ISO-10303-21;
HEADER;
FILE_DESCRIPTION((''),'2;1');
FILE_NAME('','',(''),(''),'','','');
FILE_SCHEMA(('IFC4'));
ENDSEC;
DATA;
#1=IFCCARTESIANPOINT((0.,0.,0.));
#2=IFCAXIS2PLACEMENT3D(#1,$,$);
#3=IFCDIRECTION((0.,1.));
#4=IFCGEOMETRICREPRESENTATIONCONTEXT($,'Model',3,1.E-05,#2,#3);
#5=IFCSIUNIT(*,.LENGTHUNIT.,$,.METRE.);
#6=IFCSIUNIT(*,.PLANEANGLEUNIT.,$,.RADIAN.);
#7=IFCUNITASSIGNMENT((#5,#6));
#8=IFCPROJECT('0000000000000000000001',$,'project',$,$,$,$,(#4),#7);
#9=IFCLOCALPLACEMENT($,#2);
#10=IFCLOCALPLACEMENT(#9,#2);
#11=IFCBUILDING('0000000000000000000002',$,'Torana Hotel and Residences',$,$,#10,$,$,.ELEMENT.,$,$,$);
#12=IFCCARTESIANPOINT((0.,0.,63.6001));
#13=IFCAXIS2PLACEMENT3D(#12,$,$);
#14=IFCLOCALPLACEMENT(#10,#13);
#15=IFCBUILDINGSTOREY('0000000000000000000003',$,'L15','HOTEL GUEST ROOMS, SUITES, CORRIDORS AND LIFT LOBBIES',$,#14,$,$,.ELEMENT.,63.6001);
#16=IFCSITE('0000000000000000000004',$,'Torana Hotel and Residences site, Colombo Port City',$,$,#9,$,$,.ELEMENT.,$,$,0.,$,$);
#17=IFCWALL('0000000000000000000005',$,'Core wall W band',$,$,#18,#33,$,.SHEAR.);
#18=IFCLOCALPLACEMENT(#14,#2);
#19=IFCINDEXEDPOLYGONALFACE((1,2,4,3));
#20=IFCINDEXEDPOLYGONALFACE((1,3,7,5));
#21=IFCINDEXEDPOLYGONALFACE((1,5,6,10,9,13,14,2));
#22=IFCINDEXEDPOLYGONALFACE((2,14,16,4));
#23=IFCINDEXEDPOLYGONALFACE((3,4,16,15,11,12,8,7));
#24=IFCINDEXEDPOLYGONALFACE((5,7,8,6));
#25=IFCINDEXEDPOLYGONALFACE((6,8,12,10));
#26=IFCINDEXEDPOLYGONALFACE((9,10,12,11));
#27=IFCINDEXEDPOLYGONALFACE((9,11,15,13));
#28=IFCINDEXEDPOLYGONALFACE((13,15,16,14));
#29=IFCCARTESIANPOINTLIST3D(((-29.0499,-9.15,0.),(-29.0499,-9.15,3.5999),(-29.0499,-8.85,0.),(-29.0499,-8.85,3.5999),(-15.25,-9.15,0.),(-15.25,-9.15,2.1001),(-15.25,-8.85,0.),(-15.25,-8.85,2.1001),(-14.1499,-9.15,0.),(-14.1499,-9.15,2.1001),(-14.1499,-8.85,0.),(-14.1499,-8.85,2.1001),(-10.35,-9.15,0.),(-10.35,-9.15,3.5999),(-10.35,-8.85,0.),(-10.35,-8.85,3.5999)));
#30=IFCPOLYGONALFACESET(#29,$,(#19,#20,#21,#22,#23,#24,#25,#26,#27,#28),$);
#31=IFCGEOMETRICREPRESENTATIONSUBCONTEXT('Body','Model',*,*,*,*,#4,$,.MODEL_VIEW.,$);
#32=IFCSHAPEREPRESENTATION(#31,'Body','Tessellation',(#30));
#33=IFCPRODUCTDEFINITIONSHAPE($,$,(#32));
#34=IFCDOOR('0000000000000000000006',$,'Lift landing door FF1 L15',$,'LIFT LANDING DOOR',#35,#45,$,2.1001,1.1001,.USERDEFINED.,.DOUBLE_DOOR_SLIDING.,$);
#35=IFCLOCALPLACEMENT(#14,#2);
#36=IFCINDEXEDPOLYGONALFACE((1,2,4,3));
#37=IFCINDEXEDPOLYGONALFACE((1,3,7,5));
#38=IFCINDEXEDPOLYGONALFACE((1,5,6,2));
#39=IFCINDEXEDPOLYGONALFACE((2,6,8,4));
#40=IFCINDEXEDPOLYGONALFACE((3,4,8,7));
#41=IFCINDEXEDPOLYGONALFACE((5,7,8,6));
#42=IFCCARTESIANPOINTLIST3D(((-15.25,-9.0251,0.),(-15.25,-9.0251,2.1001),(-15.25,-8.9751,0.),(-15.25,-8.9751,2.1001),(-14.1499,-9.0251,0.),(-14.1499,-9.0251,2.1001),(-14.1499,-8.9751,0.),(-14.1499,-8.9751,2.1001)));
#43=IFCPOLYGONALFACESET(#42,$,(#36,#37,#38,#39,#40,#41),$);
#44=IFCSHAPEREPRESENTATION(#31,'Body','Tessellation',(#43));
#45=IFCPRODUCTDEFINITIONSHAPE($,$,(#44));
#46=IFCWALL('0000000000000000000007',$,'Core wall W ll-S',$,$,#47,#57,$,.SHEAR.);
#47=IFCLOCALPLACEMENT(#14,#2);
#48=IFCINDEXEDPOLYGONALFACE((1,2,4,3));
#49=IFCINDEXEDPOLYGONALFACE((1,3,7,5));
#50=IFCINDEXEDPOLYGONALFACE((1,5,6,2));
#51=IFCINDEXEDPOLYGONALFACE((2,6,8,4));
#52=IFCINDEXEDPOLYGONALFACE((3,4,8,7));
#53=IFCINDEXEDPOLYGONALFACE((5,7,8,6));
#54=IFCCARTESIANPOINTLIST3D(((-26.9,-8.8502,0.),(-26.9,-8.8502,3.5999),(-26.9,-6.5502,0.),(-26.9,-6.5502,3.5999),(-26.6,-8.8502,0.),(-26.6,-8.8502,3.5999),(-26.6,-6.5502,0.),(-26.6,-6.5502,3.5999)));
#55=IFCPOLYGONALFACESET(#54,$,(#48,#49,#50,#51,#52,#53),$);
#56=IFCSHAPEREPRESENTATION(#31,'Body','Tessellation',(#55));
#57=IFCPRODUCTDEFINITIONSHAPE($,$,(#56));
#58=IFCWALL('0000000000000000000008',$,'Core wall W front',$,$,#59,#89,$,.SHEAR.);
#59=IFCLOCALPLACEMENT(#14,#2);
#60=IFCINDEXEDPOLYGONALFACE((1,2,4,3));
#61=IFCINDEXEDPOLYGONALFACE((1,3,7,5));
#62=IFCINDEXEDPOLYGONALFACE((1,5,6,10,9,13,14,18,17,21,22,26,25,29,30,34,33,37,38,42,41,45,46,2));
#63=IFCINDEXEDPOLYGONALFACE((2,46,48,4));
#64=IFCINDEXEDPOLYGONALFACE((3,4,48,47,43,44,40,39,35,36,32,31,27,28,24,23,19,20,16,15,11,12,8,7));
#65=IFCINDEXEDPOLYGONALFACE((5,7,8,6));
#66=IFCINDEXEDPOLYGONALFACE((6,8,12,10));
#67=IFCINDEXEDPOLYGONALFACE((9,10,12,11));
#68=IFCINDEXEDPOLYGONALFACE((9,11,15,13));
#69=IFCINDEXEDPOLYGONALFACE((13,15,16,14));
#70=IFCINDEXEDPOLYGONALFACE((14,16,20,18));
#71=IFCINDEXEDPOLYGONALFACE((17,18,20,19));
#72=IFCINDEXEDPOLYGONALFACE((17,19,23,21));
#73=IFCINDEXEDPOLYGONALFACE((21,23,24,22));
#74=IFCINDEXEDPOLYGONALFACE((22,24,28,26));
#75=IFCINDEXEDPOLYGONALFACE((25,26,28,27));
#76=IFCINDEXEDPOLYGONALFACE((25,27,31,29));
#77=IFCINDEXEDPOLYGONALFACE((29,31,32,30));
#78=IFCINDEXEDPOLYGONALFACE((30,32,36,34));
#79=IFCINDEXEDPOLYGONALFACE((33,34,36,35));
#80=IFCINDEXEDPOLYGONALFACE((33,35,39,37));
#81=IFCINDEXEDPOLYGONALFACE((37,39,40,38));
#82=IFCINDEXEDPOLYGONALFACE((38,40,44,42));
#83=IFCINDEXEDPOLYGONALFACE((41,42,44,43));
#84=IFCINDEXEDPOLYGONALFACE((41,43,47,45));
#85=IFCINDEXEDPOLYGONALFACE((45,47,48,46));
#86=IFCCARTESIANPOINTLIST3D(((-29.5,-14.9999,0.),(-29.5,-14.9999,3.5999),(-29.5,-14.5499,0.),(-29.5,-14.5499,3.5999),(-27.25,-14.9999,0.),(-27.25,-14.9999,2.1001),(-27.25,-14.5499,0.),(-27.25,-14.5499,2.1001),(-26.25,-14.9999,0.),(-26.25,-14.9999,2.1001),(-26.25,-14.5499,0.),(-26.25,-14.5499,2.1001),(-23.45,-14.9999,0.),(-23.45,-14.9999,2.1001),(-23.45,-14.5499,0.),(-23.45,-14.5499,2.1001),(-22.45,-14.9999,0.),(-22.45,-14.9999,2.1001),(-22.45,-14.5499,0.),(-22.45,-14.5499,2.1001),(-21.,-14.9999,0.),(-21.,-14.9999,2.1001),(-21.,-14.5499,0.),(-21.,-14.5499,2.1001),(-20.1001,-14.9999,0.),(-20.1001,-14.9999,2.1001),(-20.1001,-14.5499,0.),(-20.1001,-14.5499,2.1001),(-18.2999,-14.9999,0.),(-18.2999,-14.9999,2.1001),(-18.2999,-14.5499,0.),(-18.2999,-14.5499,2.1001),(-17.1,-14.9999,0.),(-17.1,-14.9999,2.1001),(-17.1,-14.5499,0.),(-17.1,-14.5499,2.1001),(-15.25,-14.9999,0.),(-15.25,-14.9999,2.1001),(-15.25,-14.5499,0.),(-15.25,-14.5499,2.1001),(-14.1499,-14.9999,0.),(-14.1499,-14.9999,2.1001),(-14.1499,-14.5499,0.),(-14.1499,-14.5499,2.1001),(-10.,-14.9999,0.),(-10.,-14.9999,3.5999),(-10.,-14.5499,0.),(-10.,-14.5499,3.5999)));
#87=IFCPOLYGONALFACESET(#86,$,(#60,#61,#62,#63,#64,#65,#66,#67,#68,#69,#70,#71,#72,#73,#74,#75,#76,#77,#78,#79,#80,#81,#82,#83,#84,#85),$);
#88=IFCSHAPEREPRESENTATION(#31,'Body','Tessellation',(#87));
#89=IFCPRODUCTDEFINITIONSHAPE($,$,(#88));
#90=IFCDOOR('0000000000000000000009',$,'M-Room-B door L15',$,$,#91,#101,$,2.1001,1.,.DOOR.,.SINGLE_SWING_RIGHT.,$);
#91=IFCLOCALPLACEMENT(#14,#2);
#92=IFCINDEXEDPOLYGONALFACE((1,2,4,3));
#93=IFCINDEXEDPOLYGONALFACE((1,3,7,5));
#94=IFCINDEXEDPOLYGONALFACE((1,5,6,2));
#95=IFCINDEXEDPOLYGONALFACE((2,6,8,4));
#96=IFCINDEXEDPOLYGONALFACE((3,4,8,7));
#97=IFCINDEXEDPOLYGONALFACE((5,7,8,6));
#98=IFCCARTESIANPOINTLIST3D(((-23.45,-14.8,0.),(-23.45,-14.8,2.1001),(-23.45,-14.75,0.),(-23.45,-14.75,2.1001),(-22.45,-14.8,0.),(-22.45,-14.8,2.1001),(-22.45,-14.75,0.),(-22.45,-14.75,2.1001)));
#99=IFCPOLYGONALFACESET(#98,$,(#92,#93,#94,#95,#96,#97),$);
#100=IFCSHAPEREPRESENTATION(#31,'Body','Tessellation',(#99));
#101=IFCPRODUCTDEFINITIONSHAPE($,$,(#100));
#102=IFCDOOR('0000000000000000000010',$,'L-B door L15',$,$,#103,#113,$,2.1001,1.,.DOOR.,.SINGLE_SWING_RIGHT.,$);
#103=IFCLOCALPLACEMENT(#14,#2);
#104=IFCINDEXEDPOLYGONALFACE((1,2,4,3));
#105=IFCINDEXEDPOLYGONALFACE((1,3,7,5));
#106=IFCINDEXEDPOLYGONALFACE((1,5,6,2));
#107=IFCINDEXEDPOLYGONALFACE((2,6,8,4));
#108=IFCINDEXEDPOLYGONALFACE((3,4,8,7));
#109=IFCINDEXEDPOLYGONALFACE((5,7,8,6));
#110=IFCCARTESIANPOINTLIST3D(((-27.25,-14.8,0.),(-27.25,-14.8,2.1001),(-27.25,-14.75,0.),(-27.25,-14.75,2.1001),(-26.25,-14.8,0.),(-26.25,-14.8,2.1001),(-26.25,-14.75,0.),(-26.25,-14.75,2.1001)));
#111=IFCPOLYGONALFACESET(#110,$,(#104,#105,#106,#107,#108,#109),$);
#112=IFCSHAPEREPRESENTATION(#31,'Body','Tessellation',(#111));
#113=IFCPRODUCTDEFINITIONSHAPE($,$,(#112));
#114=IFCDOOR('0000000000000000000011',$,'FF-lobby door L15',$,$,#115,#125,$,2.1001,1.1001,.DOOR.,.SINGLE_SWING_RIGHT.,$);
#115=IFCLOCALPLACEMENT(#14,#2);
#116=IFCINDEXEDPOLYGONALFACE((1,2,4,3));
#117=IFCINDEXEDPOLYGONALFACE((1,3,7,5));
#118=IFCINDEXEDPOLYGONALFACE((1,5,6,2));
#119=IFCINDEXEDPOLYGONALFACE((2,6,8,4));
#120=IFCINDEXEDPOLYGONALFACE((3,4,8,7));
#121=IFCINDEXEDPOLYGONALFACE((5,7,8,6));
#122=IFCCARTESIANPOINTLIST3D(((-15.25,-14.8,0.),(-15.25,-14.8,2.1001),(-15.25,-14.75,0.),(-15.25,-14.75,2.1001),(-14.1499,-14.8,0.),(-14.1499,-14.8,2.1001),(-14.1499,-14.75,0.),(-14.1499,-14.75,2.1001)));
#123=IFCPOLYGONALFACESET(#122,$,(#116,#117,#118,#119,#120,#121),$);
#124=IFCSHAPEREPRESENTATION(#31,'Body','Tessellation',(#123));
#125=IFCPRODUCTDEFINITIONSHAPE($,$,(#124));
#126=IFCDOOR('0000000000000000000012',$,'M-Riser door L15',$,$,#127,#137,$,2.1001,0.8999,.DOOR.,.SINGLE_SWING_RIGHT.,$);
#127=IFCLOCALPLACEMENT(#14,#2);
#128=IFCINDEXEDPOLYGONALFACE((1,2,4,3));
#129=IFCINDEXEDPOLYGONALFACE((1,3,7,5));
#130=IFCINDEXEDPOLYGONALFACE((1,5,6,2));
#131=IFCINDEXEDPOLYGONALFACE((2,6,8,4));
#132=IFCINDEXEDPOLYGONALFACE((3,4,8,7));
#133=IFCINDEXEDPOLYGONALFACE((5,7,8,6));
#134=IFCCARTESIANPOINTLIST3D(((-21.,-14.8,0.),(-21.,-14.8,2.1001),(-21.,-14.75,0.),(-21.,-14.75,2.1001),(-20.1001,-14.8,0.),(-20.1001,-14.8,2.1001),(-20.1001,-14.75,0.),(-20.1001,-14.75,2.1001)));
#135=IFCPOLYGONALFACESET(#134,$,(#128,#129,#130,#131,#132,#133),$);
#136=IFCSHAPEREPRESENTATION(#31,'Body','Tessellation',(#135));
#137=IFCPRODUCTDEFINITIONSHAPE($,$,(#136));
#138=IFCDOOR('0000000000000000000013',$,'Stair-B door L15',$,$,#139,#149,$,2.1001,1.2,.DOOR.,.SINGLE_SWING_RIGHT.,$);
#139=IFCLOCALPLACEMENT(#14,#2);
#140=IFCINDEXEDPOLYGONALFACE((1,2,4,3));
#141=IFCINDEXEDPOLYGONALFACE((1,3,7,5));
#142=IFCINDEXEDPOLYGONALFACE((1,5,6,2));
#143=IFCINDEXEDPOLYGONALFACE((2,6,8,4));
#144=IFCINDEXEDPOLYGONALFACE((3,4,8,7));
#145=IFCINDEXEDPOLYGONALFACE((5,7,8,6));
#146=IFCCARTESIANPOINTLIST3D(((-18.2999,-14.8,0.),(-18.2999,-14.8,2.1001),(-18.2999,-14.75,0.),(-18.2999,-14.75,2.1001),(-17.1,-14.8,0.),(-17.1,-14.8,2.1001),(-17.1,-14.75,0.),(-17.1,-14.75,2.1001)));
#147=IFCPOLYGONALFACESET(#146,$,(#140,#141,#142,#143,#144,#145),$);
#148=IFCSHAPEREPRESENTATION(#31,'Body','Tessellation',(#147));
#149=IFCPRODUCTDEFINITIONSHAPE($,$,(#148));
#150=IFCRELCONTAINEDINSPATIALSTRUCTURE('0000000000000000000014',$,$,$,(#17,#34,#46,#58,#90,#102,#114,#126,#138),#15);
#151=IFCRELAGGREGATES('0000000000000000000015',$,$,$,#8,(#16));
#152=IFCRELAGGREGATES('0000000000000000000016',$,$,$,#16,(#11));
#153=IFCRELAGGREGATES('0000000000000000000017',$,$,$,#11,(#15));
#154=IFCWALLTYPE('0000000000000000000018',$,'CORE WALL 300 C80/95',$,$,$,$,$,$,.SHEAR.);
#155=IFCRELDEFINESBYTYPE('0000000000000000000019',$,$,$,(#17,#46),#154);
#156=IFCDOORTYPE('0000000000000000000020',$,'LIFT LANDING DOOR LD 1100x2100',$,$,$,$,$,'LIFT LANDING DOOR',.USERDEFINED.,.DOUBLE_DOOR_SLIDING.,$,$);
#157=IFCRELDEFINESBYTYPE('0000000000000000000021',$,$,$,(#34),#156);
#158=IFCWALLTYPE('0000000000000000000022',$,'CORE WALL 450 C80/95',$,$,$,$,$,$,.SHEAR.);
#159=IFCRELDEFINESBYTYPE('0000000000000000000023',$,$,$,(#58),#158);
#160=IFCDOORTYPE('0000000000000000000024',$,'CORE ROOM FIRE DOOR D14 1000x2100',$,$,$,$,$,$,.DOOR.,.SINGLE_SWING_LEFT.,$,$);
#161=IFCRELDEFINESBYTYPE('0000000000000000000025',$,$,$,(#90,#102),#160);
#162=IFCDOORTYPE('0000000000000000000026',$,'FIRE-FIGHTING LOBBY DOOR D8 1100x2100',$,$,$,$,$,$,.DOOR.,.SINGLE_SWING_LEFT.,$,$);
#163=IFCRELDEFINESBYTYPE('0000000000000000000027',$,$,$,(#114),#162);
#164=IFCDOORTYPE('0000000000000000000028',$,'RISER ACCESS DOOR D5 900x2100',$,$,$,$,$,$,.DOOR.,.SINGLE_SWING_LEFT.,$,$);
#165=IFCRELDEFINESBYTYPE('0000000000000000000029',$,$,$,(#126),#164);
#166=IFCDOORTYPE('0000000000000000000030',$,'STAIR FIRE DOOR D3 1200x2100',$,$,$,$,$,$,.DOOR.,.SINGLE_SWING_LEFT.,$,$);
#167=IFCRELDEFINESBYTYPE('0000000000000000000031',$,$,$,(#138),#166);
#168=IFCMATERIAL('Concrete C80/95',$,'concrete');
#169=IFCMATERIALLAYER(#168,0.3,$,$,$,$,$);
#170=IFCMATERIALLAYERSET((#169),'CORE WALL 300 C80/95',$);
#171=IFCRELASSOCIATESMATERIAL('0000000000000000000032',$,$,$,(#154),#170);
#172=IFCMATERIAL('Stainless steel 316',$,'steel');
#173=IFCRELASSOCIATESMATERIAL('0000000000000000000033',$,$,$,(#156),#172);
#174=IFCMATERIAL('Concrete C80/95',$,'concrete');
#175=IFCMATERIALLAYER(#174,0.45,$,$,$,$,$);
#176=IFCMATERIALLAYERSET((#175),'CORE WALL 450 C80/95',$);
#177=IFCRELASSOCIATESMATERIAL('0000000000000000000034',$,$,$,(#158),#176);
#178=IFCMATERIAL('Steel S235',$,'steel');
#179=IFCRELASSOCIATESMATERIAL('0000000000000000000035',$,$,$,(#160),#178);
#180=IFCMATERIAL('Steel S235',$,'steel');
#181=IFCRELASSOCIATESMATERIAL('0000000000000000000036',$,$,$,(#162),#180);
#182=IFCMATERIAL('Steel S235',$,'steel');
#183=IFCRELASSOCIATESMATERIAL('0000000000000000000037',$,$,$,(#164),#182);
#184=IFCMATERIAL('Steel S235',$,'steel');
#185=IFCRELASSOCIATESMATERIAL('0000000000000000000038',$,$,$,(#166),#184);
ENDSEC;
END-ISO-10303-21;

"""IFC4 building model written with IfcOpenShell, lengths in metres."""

from ifc_helpers import new_model, si_unit, direction, frame, frame_2d, origin, place, context, subcontext, project, spatial, rectangle, extrude, material, layer, layer_set, type_object, element, fill, save


model = new_model("IFC4")

# Units and contexts
model_context = context("Model", 3, precision=1e-05, world=origin(), true_north=direction((0.0, 1.0)))
body_context = subcontext(model_context, "Body", "Model", "MODEL_VIEW")
ifc_project = project(units=[si_unit("LENGTHUNIT", "METRE"), si_unit("PLANEANGLEUNIT", "RADIAN")], contexts=[model_context])

# Site, building, storey
site_placement = place(None, origin())
site = spatial("IfcSite", under=ifc_project, at=site_placement, Name="Torana Hotel and Residences site, Colombo Port City", CompositionType="ELEMENT", RefElevation=0.0)
building_placement = place(site_placement, origin())
building = spatial("IfcBuilding", under=site, at=building_placement, Name="Torana Hotel and Residences", CompositionType="ELEMENT")
storey_placement = place(building_placement, frame((0.0, 0.0, 63.6001)))
storey = spatial("IfcBuildingStorey", under=building, at=storey_placement, Name="L15", Description="HOTEL GUEST ROOMS, SUITES, CORRIDORS AND LIFT LOBBIES", CompositionType="ELEMENT", Elevation=63.6001)

# Wall, opening, door
ifc_material_1 = material(Name="Concrete C80/95", Category="concrete")
ifc_layer_1 = layer(ifc_material_1, 0.3)
ifc_layer_set_1 = layer_set([ifc_layer_1], Name="CORE WALL 300 C80/95")
wall_type_1 = type_object("IfcWallType", Name="CORE WALL 300 C80/95", PredefinedType="SHEAR", material=ifc_layer_set_1)
wall_1_placement = place(storey_placement, frame((-29.05, -9.0, 0.0), z_axis=(0.0, 0.0, 1.0), x_axis=(1.0, 0.0, 0.0)))
wall_1 = element("IfcWall", 1, at=wall_1_placement, inside=storey, type_object=wall_type_1, Name="Core wall W band", PredefinedType="SHEAR", context=body_context, shape_type="SweptSolid", body=[
    extrude(rectangle(XDim=18.7, YDim=0.3, at=frame_2d((9.3501, 0.0))), origin(), (0.0, 0.0, 1.0), 3.5999),
])
opening_1_placement = place(wall_1_placement, frame((13.8, 0.0, 0.0)))
opening_1 = element("IfcOpeningElement", 2, at=opening_1_placement, cuts=wall_1, PredefinedType="OPENING", context=body_context, shape_type="SweptSolid", body=[
    extrude(rectangle(XDim=1.1001, YDim=2.1001, at=frame_2d((0.55, 1.05))), frame((0.0, 0.1599, 0.0), z_axis=(0.0, -1.0, 0.0), x_axis=(1.0, 0.0, 0.0)), (0.0, 0.0, 1.0), 0.3201),
])
ifc_material_2 = material(Name="Stainless steel 316", Category="steel")
door_type_1 = type_object("IfcDoorType", Name="LIFT LANDING DOOR LD 1100x2100", ElementType="LIFT LANDING DOOR", OperationType="DOUBLE_DOOR_SLIDING", PredefinedType="USERDEFINED", material=ifc_material_2)
door_1_placement = place(opening_1_placement, origin())
door_1 = element("IfcDoor", 3, at=door_1_placement, inside=storey, type_object=door_type_1, Name="Lift landing door FF1 L15", ObjectType="LIFT LANDING DOOR", OperationType="DOUBLE_DOOR_SLIDING", OverallHeight=2.1001, OverallWidth=1.1001, PredefinedType="USERDEFINED", context=body_context, shape_type="SweptSolid", body=[
    extrude(rectangle(XDim=1.1001, YDim=2.1001, at=frame_2d((0.55, 1.05))), frame((0.0, 0.0249, 0.0), z_axis=(0.0, -1.0, 0.0), x_axis=(1.0, 0.0, 0.0)), (0.0, 0.0, 1.0), 0.05),
])
fill(opening_1, door_1)

# Wall
wall_2_placement = place(storey_placement, frame((-26.75, -8.8501, 0.0), z_axis=(0.0, 0.0, 1.0), x_axis=(0.0, 1.0, 0.0)))
element("IfcWall", 4, at=wall_2_placement, inside=storey, type_object=wall_type_1, Name="Core wall W ll-S", PredefinedType="SHEAR", context=body_context, shape_type="SweptSolid", body=[
    extrude(rectangle(XDim=2.3, YDim=0.3, at=frame_2d((1.1499, 0.0))), origin(), (0.0, 0.0, 1.0), 3.5999),
])

# Wall, openings, doors
ifc_material_3 = material(Name="Concrete C80/95", Category="concrete")
ifc_layer_2 = layer(ifc_material_3, 0.45)
ifc_layer_set_2 = layer_set([ifc_layer_2], Name="CORE WALL 450 C80/95")
wall_type_2 = type_object("IfcWallType", Name="CORE WALL 450 C80/95", PredefinedType="SHEAR", material=ifc_layer_set_2)
wall_3_placement = place(storey_placement, frame((-29.5, -14.7749, 0.0), z_axis=(0.0, 0.0, 1.0), x_axis=(1.0, 0.0, 0.0)))
wall_3 = element("IfcWall", 5, at=wall_3_placement, inside=storey, type_object=wall_type_2, Name="Core wall W front", PredefinedType="SHEAR", context=body_context, shape_type="SweptSolid", body=[
    extrude(rectangle(XDim=19.5, YDim=0.45, at=frame_2d((9.75, 0.0))), origin(), (0.0, 0.0, 1.0), 3.5999),
])
opening_2_placement = place(wall_3_placement, frame((11.2, 0.0, 0.0)))
opening_2 = element("IfcOpeningElement", 6, at=opening_2_placement, cuts=wall_3, PredefinedType="OPENING", context=body_context, shape_type="SweptSolid", body=[
    extrude(rectangle(XDim=1.2, YDim=2.1001, at=frame_2d((0.6001, 1.05))), frame((0.0, 0.2349, 0.0), z_axis=(0.0, -1.0, 0.0), x_axis=(1.0, 0.0, 0.0)), (0.0, 0.0, 1.0), 0.47),
])
opening_3_placement = place(wall_3_placement, frame((14.25, 0.0, 0.0)))
opening_3 = element("IfcOpeningElement", 7, at=opening_3_placement, cuts=wall_3, PredefinedType="OPENING", context=body_context, shape_type="SweptSolid", body=[
    extrude(rectangle(XDim=1.1001, YDim=2.1001, at=frame_2d((0.55, 1.05))), frame((0.0, 0.2349, 0.0), z_axis=(0.0, -1.0, 0.0), x_axis=(1.0, 0.0, 0.0)), (0.0, 0.0, 1.0), 0.47),
])
opening_4_placement = place(wall_3_placement, frame((8.5, 0.0, 0.0)))
opening_4 = element("IfcOpeningElement", 8, at=opening_4_placement, cuts=wall_3, PredefinedType="OPENING", context=body_context, shape_type="SweptSolid", body=[
    extrude(rectangle(XDim=0.8999, YDim=2.1001, at=frame_2d((0.45, 1.05))), frame((0.0, 0.2349, 0.0), z_axis=(0.0, -1.0, 0.0), x_axis=(1.0, 0.0, 0.0)), (0.0, 0.0, 1.0), 0.47),
])
opening_5_placement = place(wall_3_placement, frame((6.05, 0.0, 0.0)))
opening_5 = element("IfcOpeningElement", 9, at=opening_5_placement, cuts=wall_3, PredefinedType="OPENING", context=body_context, shape_type="SweptSolid", body=[
    extrude(rectangle(XDim=1.0, YDim=2.1001, at=frame_2d((0.5, 1.05))), frame((0.0, 0.2349, 0.0), z_axis=(0.0, -1.0, 0.0), x_axis=(1.0, 0.0, 0.0)), (0.0, 0.0, 1.0), 0.47),
])
opening_6_placement = place(wall_3_placement, frame((2.25, 0.0, 0.0)))
opening_6 = element("IfcOpeningElement", 10, at=opening_6_placement, cuts=wall_3, PredefinedType="OPENING", context=body_context, shape_type="SweptSolid", body=[
    extrude(rectangle(XDim=1.0, YDim=2.1001, at=frame_2d((0.5, 1.05))), frame((0.0, 0.2349, 0.0), z_axis=(0.0, -1.0, 0.0), x_axis=(1.0, 0.0, 0.0)), (0.0, 0.0, 1.0), 0.47),
])
ifc_material_4 = material(Name="Steel S235", Category="steel")
door_type_2 = type_object("IfcDoorType", Name="CORE ROOM FIRE DOOR D14 1000x2100", OperationType="SINGLE_SWING_LEFT", PredefinedType="DOOR", material=ifc_material_4)
door_2_placement = place(opening_5_placement, origin())
door_2 = element("IfcDoor", 11, at=door_2_placement, inside=storey, type_object=door_type_2, Name="M-Room-B door L15", OperationType="SINGLE_SWING_RIGHT", OverallHeight=2.1001, OverallWidth=1.0, PredefinedType="DOOR", context=body_context, shape_type="SweptSolid", body=[
    extrude(rectangle(XDim=1.0, YDim=2.1001, at=frame_2d((0.5, 1.05))), frame((0.0, 0.0249, 0.0), z_axis=(0.0, -1.0, 0.0), x_axis=(1.0, 0.0, 0.0)), (0.0, 0.0, 1.0), 0.05),
])
fill(opening_5, door_2)
door_3_placement = place(opening_6_placement, origin())
door_3 = element("IfcDoor", 12, at=door_3_placement, inside=storey, type_object=door_type_2, Name="L-B door L15", OperationType="SINGLE_SWING_RIGHT", OverallHeight=2.1001, OverallWidth=1.0, PredefinedType="DOOR", context=body_context, shape_type="SweptSolid", body=[
    extrude(rectangle(XDim=1.0, YDim=2.1001, at=frame_2d((0.5, 1.05))), frame((0.0, 0.0249, 0.0), z_axis=(0.0, -1.0, 0.0), x_axis=(1.0, 0.0, 0.0)), (0.0, 0.0, 1.0), 0.05),
])
fill(opening_6, door_3)
ifc_material_5 = material(Name="Steel S235", Category="steel")
door_type_3 = type_object("IfcDoorType", Name="FIRE-FIGHTING LOBBY DOOR D8 1100x2100", OperationType="SINGLE_SWING_LEFT", PredefinedType="DOOR", material=ifc_material_5)
door_4_placement = place(opening_3_placement, origin())
door_4 = element("IfcDoor", 13, at=door_4_placement, inside=storey, type_object=door_type_3, Name="FF-lobby door L15", OperationType="SINGLE_SWING_RIGHT", OverallHeight=2.1001, OverallWidth=1.1001, PredefinedType="DOOR", context=body_context, shape_type="SweptSolid", body=[
    extrude(rectangle(XDim=1.1001, YDim=2.1001, at=frame_2d((0.55, 1.05))), frame((0.0, 0.0249, 0.0), z_axis=(0.0, -1.0, 0.0), x_axis=(1.0, 0.0, 0.0)), (0.0, 0.0, 1.0), 0.05),
])
fill(opening_3, door_4)
ifc_material_6 = material(Name="Steel S235", Category="steel")
door_type_4 = type_object("IfcDoorType", Name="RISER ACCESS DOOR D5 900x2100", OperationType="SINGLE_SWING_LEFT", PredefinedType="DOOR", material=ifc_material_6)
door_5_placement = place(opening_4_placement, origin())
door_5 = element("IfcDoor", 14, at=door_5_placement, inside=storey, type_object=door_type_4, Name="M-Riser door L15", OperationType="SINGLE_SWING_RIGHT", OverallHeight=2.1001, OverallWidth=0.8999, PredefinedType="DOOR", context=body_context, shape_type="SweptSolid", body=[
    extrude(rectangle(XDim=0.8999, YDim=2.1001, at=frame_2d((0.45, 1.05))), frame((0.0, 0.0249, 0.0), z_axis=(0.0, -1.0, 0.0), x_axis=(1.0, 0.0, 0.0)), (0.0, 0.0, 1.0), 0.05),
])
fill(opening_4, door_5)
ifc_material_7 = material(Name="Steel S235", Category="steel")
door_type_5 = type_object("IfcDoorType", Name="STAIR FIRE DOOR D3 1200x2100", OperationType="SINGLE_SWING_LEFT", PredefinedType="DOOR", material=ifc_material_7)
door_6_placement = place(opening_2_placement, origin())
door_6 = element("IfcDoor", 15, at=door_6_placement, inside=storey, type_object=door_type_5, Name="Stair-B door L15", OperationType="SINGLE_SWING_RIGHT", OverallHeight=2.1001, OverallWidth=1.2, PredefinedType="DOOR", context=body_context, shape_type="SweptSolid", body=[
    extrude(rectangle(XDim=1.2, YDim=2.1001, at=frame_2d((0.6001, 1.05))), frame((0.0, 0.0249, 0.0), z_axis=(0.0, -1.0, 0.0), x_axis=(1.0, 0.0, 0.0)), (0.0, 0.0, 1.0), 0.05),
])
fill(opening_2, door_6)

save(model, "model.ifc")
